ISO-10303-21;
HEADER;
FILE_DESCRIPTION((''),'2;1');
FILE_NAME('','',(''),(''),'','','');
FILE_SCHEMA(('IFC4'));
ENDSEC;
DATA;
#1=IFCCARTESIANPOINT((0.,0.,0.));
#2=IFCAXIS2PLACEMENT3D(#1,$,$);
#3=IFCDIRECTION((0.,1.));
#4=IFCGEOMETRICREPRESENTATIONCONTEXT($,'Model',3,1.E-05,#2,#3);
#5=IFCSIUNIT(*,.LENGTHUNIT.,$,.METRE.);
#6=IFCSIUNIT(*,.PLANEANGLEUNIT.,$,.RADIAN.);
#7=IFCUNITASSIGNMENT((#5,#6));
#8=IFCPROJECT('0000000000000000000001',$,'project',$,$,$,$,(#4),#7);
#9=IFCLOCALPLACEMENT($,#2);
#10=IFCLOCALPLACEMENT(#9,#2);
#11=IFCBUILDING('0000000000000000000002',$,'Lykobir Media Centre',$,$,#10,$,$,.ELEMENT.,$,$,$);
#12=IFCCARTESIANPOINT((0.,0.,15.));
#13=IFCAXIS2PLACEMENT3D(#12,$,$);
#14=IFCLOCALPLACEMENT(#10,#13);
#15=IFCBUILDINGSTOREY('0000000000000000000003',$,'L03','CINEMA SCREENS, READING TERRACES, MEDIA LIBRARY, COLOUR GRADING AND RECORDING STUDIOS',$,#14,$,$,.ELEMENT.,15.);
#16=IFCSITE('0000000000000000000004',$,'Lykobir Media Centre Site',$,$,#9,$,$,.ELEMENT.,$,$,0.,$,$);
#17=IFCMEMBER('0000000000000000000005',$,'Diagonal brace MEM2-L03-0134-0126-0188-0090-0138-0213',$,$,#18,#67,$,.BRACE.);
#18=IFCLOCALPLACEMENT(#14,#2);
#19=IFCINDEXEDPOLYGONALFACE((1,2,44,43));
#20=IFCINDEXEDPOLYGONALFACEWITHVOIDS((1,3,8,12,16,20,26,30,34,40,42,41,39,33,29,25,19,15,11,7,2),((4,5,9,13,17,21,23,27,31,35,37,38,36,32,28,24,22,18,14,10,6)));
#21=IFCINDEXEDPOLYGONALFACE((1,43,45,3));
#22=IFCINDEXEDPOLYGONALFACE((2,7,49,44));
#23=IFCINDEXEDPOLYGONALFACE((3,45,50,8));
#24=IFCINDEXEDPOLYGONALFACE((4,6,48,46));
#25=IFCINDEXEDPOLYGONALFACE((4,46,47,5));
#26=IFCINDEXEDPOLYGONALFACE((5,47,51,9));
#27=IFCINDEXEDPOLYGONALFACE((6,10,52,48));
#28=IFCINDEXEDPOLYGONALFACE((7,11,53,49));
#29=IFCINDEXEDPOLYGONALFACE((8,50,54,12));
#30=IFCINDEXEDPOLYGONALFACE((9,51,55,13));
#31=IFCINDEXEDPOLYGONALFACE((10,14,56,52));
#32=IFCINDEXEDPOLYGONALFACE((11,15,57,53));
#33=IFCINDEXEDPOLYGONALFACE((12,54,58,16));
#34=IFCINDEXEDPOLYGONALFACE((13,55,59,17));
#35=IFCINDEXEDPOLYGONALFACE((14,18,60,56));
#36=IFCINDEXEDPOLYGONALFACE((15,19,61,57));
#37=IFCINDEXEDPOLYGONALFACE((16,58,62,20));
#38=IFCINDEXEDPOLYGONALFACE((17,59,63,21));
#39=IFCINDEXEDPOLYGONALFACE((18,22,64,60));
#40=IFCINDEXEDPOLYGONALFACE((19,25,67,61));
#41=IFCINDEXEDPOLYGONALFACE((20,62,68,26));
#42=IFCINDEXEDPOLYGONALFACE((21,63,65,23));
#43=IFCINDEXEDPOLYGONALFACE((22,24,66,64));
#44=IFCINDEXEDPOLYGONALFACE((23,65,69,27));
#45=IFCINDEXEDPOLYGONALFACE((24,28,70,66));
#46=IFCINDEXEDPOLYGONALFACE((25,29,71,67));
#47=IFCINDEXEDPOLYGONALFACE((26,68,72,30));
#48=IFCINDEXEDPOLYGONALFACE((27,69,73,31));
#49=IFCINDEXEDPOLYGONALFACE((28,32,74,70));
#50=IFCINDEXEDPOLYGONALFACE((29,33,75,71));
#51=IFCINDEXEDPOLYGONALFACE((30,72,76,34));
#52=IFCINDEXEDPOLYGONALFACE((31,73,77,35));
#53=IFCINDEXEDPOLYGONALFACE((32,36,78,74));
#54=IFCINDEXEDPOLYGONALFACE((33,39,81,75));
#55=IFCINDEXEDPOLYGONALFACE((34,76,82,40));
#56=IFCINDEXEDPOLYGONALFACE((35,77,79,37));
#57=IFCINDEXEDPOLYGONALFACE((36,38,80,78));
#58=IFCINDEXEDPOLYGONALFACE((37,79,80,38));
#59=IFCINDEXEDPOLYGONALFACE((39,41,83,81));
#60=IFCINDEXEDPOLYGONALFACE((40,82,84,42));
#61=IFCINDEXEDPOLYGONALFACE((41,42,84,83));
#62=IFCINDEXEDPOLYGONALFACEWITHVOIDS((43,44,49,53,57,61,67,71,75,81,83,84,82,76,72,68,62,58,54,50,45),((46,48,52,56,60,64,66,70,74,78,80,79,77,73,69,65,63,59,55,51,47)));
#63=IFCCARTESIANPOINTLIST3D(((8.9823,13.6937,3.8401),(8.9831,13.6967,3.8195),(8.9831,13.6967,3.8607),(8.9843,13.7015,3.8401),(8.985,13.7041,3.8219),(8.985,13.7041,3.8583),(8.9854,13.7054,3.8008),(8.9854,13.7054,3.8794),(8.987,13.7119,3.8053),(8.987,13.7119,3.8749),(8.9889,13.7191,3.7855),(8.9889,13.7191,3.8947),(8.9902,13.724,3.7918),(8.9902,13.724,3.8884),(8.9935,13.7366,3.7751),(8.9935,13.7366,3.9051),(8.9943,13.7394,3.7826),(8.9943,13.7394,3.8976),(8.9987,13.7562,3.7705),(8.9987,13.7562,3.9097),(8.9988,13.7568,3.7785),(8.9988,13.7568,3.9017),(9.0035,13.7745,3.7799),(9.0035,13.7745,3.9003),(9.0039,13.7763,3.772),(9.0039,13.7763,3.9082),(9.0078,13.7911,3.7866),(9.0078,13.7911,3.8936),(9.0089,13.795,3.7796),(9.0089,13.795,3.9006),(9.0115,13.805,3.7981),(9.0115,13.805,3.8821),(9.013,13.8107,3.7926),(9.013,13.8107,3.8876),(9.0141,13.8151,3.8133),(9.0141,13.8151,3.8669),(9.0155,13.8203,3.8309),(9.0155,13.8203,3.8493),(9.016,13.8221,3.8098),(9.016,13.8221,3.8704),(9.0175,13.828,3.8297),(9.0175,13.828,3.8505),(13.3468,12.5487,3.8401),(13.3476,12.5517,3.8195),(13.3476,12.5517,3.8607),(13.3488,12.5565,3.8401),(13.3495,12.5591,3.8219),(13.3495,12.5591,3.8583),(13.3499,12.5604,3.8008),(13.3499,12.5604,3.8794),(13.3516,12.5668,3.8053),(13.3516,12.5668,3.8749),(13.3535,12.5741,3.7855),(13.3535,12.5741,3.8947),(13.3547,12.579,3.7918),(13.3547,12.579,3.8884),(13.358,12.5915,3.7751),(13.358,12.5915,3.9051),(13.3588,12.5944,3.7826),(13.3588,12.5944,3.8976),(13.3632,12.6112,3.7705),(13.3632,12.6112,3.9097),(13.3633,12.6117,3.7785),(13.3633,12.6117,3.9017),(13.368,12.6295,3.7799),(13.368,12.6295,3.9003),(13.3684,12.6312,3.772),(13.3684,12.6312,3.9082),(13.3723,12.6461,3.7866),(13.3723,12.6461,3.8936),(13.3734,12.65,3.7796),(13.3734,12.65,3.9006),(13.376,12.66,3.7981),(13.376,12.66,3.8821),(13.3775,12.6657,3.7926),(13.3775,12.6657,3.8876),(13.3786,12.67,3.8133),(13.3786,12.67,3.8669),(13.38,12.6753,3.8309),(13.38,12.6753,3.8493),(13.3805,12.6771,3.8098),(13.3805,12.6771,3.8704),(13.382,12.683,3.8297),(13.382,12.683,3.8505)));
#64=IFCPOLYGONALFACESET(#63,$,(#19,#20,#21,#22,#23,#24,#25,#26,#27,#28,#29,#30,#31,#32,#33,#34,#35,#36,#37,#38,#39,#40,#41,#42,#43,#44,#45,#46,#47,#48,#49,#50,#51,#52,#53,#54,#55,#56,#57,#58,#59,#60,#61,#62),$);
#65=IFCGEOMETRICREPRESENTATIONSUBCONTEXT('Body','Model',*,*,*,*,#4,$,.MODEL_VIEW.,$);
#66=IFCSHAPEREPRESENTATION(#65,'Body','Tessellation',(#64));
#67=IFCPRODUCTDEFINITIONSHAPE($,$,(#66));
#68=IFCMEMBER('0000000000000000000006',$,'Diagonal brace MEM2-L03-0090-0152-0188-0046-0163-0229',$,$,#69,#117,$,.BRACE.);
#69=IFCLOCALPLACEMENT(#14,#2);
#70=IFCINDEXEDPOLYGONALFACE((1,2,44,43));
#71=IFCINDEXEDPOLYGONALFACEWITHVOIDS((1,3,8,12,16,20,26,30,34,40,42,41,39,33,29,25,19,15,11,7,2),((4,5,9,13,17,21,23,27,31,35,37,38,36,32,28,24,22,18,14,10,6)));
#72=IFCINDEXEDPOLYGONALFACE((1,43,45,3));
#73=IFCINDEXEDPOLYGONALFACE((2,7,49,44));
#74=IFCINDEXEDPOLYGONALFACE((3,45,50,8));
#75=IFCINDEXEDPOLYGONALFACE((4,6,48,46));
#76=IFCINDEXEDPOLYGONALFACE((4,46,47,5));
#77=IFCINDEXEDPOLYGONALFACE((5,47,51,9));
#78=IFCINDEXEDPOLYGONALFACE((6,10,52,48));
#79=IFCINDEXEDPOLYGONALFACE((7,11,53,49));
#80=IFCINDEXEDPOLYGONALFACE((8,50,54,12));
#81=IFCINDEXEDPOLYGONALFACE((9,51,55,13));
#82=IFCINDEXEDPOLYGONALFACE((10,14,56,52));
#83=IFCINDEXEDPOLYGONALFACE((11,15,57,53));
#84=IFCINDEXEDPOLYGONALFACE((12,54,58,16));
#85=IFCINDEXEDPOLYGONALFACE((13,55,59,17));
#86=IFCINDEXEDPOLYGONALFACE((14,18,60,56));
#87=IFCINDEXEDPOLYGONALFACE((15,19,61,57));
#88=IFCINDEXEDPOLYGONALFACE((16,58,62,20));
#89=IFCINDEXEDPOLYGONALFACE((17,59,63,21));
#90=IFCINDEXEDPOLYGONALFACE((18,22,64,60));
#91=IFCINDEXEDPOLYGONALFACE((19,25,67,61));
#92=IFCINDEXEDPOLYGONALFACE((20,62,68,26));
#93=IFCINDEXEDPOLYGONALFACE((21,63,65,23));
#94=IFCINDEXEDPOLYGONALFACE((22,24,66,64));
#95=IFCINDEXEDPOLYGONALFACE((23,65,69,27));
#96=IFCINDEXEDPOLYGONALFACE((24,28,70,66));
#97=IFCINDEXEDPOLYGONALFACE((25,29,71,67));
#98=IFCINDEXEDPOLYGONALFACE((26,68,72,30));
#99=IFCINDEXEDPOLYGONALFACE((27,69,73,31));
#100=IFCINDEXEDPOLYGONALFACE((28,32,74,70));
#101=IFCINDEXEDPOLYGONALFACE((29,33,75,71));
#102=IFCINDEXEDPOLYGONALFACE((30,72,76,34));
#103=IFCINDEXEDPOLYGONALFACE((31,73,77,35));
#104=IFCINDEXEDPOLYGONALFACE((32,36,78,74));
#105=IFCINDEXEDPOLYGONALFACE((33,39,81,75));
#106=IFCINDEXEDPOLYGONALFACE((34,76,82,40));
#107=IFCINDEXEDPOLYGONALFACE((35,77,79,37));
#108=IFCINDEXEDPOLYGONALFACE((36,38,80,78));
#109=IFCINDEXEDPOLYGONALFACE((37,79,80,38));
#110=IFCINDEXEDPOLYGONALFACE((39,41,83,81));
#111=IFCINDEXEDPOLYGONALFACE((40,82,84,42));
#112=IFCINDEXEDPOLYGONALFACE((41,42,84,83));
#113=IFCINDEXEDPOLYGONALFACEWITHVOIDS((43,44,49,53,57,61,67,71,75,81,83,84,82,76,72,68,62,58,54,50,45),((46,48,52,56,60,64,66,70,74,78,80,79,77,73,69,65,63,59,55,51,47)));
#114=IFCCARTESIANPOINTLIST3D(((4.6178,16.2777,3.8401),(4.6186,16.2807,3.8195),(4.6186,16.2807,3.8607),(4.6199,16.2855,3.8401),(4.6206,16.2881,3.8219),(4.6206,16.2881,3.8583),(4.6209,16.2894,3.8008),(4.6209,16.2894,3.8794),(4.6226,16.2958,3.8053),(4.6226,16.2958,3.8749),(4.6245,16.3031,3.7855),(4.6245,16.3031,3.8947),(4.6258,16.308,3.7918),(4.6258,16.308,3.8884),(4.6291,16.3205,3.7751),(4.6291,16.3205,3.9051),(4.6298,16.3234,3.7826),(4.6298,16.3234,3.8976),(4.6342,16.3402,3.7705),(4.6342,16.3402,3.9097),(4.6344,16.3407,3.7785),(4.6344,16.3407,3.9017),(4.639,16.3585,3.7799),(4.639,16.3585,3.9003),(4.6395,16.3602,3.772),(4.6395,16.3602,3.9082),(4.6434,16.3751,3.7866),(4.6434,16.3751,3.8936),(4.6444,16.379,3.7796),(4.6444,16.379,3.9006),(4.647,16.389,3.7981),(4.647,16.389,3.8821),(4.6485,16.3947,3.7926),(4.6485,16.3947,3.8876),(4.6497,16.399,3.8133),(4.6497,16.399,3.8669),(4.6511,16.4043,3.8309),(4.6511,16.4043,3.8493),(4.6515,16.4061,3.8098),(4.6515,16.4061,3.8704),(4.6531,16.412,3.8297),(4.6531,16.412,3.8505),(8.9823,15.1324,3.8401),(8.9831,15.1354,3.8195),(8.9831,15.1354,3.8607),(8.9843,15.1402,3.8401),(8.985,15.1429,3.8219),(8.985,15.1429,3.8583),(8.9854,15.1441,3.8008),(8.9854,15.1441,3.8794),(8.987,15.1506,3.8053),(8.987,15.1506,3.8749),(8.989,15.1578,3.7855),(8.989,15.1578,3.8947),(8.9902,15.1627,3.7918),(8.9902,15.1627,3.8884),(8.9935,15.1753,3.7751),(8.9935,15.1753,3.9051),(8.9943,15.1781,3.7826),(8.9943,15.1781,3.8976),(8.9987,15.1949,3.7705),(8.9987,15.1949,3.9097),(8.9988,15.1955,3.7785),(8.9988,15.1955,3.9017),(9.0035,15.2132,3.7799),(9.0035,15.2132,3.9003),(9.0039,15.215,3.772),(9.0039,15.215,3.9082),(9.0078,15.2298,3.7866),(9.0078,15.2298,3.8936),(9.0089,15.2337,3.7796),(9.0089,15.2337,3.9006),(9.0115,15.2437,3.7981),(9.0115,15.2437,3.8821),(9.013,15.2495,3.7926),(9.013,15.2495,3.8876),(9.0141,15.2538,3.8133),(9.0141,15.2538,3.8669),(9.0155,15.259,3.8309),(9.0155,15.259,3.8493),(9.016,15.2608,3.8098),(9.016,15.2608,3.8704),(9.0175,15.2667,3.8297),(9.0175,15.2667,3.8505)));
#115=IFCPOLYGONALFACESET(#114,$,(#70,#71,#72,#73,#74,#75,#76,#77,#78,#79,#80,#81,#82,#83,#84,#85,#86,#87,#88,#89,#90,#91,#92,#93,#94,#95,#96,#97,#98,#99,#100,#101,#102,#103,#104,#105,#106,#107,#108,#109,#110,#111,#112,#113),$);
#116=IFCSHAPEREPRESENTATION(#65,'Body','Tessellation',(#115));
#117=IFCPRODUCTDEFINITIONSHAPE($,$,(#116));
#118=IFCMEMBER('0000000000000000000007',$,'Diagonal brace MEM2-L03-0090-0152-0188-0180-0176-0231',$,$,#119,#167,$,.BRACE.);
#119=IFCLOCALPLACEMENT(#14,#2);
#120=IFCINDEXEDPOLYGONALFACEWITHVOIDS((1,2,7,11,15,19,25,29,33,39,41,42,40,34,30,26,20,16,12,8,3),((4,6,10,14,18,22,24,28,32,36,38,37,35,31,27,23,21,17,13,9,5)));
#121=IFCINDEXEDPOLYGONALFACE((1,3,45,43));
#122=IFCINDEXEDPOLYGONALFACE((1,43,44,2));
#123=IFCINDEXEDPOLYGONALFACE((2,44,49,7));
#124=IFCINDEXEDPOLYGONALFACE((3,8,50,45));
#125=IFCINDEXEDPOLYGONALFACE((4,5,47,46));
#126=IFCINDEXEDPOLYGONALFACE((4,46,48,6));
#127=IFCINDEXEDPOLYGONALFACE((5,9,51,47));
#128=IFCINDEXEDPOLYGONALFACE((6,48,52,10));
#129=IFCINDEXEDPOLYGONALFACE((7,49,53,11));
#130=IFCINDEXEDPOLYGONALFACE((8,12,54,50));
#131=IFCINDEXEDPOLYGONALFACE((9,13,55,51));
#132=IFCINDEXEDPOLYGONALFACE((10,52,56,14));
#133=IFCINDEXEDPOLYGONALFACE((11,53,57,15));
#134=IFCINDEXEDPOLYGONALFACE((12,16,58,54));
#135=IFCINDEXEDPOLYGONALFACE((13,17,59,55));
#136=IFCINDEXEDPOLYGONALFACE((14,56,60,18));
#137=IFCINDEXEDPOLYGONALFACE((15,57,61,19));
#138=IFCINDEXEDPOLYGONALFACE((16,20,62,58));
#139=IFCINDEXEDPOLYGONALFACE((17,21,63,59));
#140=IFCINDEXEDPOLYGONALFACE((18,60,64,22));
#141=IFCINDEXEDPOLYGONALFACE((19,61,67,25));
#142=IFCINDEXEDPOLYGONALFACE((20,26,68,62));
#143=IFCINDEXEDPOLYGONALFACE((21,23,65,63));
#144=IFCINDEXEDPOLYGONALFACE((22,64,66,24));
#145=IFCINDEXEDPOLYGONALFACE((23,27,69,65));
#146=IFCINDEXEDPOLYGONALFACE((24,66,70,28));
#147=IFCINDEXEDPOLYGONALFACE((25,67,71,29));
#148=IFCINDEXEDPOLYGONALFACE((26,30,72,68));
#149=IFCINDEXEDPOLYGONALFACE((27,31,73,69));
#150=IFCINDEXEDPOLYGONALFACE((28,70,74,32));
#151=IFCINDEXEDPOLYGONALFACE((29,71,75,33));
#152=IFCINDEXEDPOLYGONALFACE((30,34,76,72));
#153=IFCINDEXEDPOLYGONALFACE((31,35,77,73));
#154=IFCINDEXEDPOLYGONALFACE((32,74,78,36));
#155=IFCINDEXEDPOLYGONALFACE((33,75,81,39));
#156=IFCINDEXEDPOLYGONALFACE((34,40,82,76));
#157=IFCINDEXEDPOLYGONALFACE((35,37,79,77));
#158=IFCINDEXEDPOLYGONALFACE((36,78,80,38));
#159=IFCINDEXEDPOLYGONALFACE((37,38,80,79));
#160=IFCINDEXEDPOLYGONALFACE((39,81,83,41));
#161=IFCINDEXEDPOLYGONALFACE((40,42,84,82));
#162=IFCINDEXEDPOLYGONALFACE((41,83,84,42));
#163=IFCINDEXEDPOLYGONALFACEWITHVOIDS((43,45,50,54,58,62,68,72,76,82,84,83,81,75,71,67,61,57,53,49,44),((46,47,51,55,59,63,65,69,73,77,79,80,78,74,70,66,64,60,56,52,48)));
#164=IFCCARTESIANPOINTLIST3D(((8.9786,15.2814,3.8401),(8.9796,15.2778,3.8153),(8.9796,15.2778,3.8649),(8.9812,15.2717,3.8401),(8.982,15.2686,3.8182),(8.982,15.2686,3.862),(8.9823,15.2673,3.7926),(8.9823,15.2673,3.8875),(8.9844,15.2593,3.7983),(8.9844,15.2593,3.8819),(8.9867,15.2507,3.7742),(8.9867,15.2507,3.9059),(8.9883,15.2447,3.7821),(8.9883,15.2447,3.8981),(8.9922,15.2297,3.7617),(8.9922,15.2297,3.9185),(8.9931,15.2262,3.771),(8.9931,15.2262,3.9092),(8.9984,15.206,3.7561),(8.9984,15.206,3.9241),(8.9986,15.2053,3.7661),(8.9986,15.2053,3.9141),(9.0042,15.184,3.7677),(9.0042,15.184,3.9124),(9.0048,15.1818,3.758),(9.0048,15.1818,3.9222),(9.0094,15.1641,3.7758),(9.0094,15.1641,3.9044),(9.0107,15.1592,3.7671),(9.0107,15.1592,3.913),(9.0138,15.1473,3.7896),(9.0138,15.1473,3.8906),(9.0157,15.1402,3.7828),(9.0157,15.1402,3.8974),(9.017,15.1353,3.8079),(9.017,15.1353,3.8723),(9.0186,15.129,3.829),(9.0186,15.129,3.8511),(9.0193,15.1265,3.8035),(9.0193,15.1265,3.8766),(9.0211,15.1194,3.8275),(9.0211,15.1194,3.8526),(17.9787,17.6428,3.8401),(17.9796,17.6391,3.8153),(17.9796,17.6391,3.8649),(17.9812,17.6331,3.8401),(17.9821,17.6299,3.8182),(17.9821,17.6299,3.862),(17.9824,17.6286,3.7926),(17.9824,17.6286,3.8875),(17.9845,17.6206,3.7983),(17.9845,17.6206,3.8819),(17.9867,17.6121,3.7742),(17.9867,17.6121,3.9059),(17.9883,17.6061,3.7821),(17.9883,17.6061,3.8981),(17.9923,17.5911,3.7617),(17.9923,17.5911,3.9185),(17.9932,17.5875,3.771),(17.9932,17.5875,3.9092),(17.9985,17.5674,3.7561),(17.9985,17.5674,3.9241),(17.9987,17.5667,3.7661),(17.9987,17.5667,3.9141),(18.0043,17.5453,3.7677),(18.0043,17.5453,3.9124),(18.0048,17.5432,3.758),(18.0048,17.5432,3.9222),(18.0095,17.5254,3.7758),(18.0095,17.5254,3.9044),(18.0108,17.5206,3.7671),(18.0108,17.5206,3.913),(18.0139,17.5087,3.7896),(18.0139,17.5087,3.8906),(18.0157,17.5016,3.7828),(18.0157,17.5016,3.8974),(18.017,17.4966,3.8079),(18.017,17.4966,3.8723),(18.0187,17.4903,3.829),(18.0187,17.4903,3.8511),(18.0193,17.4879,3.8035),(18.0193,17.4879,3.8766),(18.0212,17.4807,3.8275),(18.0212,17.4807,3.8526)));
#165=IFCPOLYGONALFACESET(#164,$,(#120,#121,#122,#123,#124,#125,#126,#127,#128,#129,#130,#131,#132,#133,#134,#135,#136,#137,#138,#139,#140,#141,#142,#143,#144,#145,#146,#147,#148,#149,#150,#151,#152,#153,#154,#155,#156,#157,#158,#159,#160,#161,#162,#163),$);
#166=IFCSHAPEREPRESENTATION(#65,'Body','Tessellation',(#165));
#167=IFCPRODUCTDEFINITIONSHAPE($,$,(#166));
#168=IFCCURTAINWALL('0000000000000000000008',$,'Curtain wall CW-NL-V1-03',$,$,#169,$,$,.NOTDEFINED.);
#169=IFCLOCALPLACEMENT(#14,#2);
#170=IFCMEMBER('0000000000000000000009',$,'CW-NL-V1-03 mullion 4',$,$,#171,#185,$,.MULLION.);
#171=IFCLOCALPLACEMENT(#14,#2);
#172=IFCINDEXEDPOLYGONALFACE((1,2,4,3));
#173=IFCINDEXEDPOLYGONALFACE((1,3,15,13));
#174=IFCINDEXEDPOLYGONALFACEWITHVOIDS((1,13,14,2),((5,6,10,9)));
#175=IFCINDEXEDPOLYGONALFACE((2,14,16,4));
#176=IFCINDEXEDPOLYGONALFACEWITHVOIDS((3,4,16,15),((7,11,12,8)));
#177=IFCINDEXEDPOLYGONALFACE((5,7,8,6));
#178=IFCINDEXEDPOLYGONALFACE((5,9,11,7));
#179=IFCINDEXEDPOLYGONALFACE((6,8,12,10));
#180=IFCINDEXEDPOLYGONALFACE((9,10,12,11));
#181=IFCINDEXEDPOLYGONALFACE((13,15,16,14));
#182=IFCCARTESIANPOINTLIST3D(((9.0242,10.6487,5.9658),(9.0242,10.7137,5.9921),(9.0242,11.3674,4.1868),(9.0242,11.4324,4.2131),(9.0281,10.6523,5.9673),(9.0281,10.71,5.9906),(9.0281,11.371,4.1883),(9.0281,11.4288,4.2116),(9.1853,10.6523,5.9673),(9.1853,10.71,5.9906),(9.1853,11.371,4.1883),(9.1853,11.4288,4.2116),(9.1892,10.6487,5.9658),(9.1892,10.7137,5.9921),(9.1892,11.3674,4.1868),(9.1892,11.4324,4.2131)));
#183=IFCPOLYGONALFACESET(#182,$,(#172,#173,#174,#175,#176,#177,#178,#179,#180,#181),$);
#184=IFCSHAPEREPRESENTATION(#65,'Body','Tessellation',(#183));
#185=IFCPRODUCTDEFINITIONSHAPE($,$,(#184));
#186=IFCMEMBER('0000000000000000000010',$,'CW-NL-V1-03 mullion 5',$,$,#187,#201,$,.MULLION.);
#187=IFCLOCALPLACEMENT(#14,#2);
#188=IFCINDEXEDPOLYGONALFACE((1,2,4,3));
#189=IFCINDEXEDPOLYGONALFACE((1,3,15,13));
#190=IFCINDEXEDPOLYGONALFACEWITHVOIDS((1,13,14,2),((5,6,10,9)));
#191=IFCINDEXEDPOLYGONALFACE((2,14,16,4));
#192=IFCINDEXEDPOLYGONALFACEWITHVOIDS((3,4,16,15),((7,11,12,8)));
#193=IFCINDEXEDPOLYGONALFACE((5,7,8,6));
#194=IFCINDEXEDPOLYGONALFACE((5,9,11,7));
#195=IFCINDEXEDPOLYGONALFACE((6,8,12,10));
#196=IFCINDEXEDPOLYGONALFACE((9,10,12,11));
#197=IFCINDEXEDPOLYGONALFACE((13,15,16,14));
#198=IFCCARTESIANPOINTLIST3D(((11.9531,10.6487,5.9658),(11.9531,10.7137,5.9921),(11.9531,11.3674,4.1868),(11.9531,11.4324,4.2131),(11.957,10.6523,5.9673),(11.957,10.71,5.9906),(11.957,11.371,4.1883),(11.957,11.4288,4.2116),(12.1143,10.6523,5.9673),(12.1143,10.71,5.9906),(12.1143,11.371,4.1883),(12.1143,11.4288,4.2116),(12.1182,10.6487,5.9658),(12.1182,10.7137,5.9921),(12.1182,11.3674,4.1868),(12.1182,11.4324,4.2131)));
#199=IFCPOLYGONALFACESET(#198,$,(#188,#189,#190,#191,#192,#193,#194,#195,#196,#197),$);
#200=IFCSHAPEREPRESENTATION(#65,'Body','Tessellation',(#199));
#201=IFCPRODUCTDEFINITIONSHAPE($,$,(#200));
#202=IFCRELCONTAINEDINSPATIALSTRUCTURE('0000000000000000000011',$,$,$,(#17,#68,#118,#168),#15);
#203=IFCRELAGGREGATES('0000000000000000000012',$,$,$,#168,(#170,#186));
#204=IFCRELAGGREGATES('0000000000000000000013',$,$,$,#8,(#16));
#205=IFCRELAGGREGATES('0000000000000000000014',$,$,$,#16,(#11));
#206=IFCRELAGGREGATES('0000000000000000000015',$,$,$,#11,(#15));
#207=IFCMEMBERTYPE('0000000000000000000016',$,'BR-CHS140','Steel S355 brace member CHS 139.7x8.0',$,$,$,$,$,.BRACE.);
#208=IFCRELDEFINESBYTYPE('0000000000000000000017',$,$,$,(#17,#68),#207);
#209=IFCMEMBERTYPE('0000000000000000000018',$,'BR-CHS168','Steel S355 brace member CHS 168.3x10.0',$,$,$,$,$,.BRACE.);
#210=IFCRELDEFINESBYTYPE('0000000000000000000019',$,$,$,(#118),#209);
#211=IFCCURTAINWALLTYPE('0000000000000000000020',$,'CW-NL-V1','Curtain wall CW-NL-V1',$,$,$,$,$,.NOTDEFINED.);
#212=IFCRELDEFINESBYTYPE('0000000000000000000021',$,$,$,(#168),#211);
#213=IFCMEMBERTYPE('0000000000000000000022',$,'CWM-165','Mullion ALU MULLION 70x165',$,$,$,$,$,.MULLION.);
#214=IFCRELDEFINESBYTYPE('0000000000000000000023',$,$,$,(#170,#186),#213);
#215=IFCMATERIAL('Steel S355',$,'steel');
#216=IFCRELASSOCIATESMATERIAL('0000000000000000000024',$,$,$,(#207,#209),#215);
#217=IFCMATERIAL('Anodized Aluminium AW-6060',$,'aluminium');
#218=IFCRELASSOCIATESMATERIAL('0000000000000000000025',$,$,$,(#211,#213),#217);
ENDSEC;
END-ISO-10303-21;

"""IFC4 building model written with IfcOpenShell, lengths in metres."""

from ifc_helpers import new_model, si_unit, direction, frame, origin, origin_2d, place, context, subcontext, project, spatial, hollow_rectangle, hollow_circle, extrude, material, material_profile, profile_set, type_object, element, aggregate, save


model = new_model("IFC4")

# Units and contexts
model_context = context("Model", 3, precision=1e-05, world=origin(), true_north=direction((0.0, 1.0)))
body_context = subcontext(model_context, "Body", "Model", "MODEL_VIEW")
ifc_project = project(units=[si_unit("LENGTHUNIT", "METRE"), si_unit("PLANEANGLEUNIT", "RADIAN")], contexts=[model_context])

# Site, building, storey
site_placement = place(None, origin())
site = spatial("IfcSite", under=ifc_project, at=site_placement, Name="Lykobir Media Centre Site", CompositionType="ELEMENT", RefElevation=0.0)
building_placement = place(site_placement, origin())
building = spatial("IfcBuilding", under=site, at=building_placement, Name="Lykobir Media Centre", CompositionType="ELEMENT")
storey_placement = place(building_placement, frame((0.0, 0.0, 15.0)))
storey = spatial("IfcBuildingStorey", under=building, at=storey_placement, Name="L03", Description="CINEMA SCREENS, READING TERRACES, MEDIA LIBRARY, COLOUR GRADING AND RECORDING STUDIOS", CompositionType="ELEMENT", Elevation=15.0)

# Members
ifc_material_1 = material(Name="Steel S355", Category="steel")
ifc_material_profile_1 = material_profile(ifc_material_1, hollow_circle(Radius=0.0698, WallThickness=0.0081, at=origin_2d()), Name="CHS 139.7x8.0")
ifc_profile_set_1 = profile_set([ifc_material_profile_1], Name="Steel S355")
member_type_1 = type_object("IfcMemberType", Name="BR-CHS140", Description="Steel S355 brace member CHS 139.7x8.0", PredefinedType="BRACE", material=ifc_profile_set_1)
for number, where, z_axis, x_axis, name in (
    (1, (13.3645, 12.6162, 3.8401), (-0.967267, 0.253761, 0.0), (-0.253761, -0.967267, 0.0), "Diagonal brace MEM2-L03-0134-0126-0188-0090-0138-0213"),
    (2, (9.0, 15.2, 3.8401), (-0.967254, 0.253811, 0.0), (-0.253811, -0.967254, 0.0), "Diagonal brace MEM2-L03-0090-0152-0188-0046-0163-0229"),
):
    element("IfcMember", number, at=place(storey_placement, frame(where, z_axis=z_axis, x_axis=x_axis)), inside=storey, type_object=member_type_1, Name=name, PredefinedType="BRACE", context=body_context, shape_type="SweptSolid", body=[
        extrude(hollow_circle(Radius=0.0698, WallThickness=0.0081, at=origin_2d()), origin(), (0.0, 0.0, 1.0), 4.5122),
    ])
ifc_material_profile_2 = material_profile(ifc_material_1, hollow_circle(Radius=0.0842, WallThickness=0.01, at=origin_2d()), Name="CHS 168.3x10.0")
ifc_profile_set_2 = profile_set([ifc_material_profile_2], Name="Steel S355")
member_type_2 = type_object("IfcMemberType", Name="BR-CHS168", Description="Steel S355 brace member CHS 168.3x10.0", PredefinedType="BRACE", material=ifc_profile_set_2)
member_1_placement = place(storey_placement, frame((9.0, 15.2, 3.8401), z_axis=(0.967262, 0.25378, 0.0), x_axis=(-0.25378, 0.967262, 0.0)))
element("IfcMember", 3, at=member_1_placement, inside=storey, type_object=member_type_2, Name="Diagonal brace MEM2-L03-0090-0152-0188-0180-0176-0231", PredefinedType="BRACE", context=body_context, shape_type="SweptSolid", body=[
    extrude(hollow_circle(Radius=0.0842, WallThickness=0.01, at=origin_2d()), origin(), (0.0, 0.0, 1.0), 9.3047),
])

# Curtain wall, members
ifc_material_2 = material(Name="Anodized Aluminium AW-6060", Category="aluminium")
curtain_wall_type = type_object("IfcCurtainWallType", Name="CW-NL-V1", Description="Curtain wall CW-NL-V1", PredefinedType="NOTDEFINED", material=ifc_material_2)
curtain_wall_1_placement = place(storey_placement, origin())
curtain_wall_1 = element("IfcCurtainWall", 4, at=curtain_wall_1_placement, inside=storey, type_object=curtain_wall_type, Name="Curtain wall CW-NL-V1-03", PredefinedType="NOTDEFINED")
ifc_material_profile_3 = material_profile(ifc_material_2, hollow_rectangle(XDim=0.0701, YDim=0.165, WallThickness=0.0039, at=origin_2d()), Name="ALU MULLION 70x165")
ifc_profile_set_3 = profile_set([ifc_material_profile_3], Name="Anodized Aluminium AW-6060")
member_type_3 = type_object("IfcMemberType", Name="CWM-165", Description="Mullion ALU MULLION 70x165", PredefinedType="MULLION", material=ifc_profile_set_3)
member_2_placement = place(storey_placement, frame((9.1067, 11.3999, 4.2), z_axis=(0.0, -0.374591, 0.92719), x_axis=(0.0, 0.92719, 0.374591)))
member_2 = element("IfcMember", 5, at=member_2_placement, type_object=member_type_3, Name="CW-NL-V1-03 mullion 4", PredefinedType="MULLION", context=body_context, shape_type="SweptSolid", body=[
    extrude(hollow_rectangle(XDim=0.0701, YDim=0.165, WallThickness=0.0039, at=origin_2d()), origin(), (0.0, 0.0, 1.0), 1.9187),
])
member_3_placement = place(storey_placement, frame((12.0356, 11.3999, 4.2), z_axis=(0.0, -0.374591, 0.92719), x_axis=(0.0, 0.92719, 0.374591)))
member_3 = element("IfcMember", 6, at=member_3_placement, type_object=member_type_3, Name="CW-NL-V1-03 mullion 5", PredefinedType="MULLION", context=body_context, shape_type="SweptSolid", body=[
    extrude(hollow_rectangle(XDim=0.0701, YDim=0.165, WallThickness=0.0039, at=origin_2d()), origin(), (0.0, 0.0, 1.0), 1.9187),
])

aggregate(curtain_wall_1, [member_2, member_3])

save(model, "model.ifc")
